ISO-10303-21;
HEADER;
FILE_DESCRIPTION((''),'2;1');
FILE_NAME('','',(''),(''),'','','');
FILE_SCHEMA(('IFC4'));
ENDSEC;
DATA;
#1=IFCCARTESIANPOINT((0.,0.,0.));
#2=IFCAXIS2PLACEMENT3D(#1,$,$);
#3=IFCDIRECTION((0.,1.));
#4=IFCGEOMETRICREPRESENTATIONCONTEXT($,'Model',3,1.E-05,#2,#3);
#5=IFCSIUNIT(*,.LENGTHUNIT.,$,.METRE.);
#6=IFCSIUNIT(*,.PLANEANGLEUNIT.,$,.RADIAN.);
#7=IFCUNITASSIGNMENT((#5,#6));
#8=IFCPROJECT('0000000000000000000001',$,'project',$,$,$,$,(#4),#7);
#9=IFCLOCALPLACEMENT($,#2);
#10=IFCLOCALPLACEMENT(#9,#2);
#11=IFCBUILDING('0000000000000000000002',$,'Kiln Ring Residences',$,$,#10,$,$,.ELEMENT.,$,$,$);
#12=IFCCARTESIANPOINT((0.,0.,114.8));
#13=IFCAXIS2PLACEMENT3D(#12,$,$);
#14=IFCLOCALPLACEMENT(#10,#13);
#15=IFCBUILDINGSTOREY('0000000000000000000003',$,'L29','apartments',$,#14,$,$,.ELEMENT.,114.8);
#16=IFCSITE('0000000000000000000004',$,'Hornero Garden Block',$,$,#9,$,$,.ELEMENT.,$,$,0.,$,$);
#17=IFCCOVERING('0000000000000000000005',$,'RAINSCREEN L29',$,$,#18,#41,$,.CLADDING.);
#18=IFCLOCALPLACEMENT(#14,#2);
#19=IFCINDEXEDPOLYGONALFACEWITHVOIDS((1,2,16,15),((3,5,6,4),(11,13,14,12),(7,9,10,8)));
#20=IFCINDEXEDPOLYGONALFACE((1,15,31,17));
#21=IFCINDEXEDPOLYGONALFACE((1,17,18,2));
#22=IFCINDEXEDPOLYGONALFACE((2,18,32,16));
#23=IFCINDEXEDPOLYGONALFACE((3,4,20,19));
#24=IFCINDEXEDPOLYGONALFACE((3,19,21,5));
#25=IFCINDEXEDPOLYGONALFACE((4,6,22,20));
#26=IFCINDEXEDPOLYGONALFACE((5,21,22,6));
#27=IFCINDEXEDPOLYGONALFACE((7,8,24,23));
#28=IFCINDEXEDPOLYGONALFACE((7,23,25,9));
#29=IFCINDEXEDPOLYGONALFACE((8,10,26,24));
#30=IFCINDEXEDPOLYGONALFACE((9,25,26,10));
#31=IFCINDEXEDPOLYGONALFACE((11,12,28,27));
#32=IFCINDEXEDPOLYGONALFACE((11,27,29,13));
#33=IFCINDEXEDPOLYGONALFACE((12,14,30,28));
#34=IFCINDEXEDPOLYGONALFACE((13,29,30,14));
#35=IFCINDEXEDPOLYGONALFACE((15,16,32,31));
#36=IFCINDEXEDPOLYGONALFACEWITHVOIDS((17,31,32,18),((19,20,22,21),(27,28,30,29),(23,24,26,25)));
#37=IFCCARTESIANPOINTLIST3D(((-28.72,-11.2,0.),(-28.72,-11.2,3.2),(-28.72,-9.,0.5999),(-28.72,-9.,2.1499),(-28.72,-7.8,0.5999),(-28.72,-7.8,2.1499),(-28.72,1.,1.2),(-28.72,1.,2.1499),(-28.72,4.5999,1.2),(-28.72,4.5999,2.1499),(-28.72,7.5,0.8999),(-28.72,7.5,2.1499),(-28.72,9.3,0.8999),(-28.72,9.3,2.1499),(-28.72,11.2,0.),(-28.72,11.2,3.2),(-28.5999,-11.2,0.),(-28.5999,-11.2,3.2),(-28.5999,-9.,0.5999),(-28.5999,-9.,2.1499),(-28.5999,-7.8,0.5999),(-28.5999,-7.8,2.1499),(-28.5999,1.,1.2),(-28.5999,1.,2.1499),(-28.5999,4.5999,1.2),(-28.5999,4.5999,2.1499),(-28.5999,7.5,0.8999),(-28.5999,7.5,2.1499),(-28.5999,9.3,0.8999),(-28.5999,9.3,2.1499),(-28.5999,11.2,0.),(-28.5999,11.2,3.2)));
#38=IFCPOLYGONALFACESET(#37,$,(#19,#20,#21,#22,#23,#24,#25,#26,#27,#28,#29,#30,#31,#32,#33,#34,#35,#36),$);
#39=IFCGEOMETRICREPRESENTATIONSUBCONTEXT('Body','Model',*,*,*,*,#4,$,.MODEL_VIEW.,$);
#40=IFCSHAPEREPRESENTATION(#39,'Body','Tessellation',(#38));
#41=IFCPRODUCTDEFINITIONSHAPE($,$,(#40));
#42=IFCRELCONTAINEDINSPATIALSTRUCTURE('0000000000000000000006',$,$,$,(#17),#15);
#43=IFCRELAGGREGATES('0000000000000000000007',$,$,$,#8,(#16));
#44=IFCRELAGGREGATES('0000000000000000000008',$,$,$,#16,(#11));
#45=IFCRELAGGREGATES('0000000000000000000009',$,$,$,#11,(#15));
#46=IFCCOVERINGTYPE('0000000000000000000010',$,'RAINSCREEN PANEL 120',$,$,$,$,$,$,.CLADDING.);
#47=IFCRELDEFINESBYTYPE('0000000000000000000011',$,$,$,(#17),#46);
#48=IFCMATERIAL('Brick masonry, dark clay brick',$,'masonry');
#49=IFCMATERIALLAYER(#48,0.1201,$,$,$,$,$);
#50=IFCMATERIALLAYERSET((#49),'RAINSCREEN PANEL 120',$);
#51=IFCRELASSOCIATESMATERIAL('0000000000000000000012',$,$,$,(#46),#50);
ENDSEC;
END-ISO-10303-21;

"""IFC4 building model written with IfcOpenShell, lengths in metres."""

from ifc_helpers import new_model, si_unit, direction, frame, origin, place, context, subcontext, project, spatial, polyline, outline, extrude, material, layer, layer_set, type_object, element, save


model = new_model("IFC4")

# Units and contexts
model_context = context("Model", 3, precision=1e-05, world=origin(), true_north=direction((0.0, 1.0)))
body_context = subcontext(model_context, "Body", "Model", "MODEL_VIEW")
ifc_project = project(units=[si_unit("LENGTHUNIT", "METRE"), si_unit("PLANEANGLEUNIT", "RADIAN")], contexts=[model_context])

# Site, building, storey
site_placement = place(None, origin())
site = spatial("IfcSite", under=ifc_project, at=site_placement, Name="Hornero Garden Block", CompositionType="ELEMENT", RefElevation=0.0)
building_placement = place(site_placement, origin())
building = spatial("IfcBuilding", under=site, at=building_placement, Name="Kiln Ring Residences", CompositionType="ELEMENT")
storey_placement = place(building_placement, frame((0.0, 0.0, 114.8)))
storey = spatial("IfcBuildingStorey", under=building, at=storey_placement, Name="L29", Description="apartments", CompositionType="ELEMENT", Elevation=114.8)

# Covering
ifc_material_1 = material(Name="Brick masonry, dark clay brick", Category="masonry")
ifc_layer_1 = layer(ifc_material_1, 0.1201)
ifc_layer_set_1 = layer_set([ifc_layer_1], Name="RAINSCREEN PANEL 120")
covering_type = type_object("IfcCoveringType", Name="RAINSCREEN PANEL 120", PredefinedType="CLADDING", material=ifc_layer_set_1)
covering_placement = place(storey_placement, frame((-28.6599, 11.2, 0.0), z_axis=(0.0, 0.0, 1.0), x_axis=(0.0, -1.0, 0.0)))
element("IfcCovering", 1, at=covering_placement, inside=storey, type_object=covering_type, Name="RAINSCREEN L29", PredefinedType="CLADDING", context=body_context, shape_type="SweptSolid", body=[
    extrude(outline(polyline([(0.0, 0.0), (22.3999, 0.0), (22.3999, 3.2), (0.0, 3.2), (0.0, 0.0)]), holes=[polyline([(20.2, 2.1499), (19.0, 2.1499), (19.0, 0.5999), (20.2, 0.5999), (20.2, 2.1499)]), polyline([(3.7, 0.8999), (3.7, 2.1499), (1.8999, 2.1499), (1.8999, 0.8999), (3.7, 0.8999)]), polyline([(10.2, 1.2), (10.2, 2.1499), (6.6001, 2.1499), (6.6001, 1.2), (10.2, 1.2)])]), frame((0.0, 0.0601, 0.0), z_axis=(0.0, -1.0, 0.0), x_axis=(1.0, 0.0, 0.0)), (0.0, 0.0, 1.0), 0.1201),
])

save(model, "model.ifc")
